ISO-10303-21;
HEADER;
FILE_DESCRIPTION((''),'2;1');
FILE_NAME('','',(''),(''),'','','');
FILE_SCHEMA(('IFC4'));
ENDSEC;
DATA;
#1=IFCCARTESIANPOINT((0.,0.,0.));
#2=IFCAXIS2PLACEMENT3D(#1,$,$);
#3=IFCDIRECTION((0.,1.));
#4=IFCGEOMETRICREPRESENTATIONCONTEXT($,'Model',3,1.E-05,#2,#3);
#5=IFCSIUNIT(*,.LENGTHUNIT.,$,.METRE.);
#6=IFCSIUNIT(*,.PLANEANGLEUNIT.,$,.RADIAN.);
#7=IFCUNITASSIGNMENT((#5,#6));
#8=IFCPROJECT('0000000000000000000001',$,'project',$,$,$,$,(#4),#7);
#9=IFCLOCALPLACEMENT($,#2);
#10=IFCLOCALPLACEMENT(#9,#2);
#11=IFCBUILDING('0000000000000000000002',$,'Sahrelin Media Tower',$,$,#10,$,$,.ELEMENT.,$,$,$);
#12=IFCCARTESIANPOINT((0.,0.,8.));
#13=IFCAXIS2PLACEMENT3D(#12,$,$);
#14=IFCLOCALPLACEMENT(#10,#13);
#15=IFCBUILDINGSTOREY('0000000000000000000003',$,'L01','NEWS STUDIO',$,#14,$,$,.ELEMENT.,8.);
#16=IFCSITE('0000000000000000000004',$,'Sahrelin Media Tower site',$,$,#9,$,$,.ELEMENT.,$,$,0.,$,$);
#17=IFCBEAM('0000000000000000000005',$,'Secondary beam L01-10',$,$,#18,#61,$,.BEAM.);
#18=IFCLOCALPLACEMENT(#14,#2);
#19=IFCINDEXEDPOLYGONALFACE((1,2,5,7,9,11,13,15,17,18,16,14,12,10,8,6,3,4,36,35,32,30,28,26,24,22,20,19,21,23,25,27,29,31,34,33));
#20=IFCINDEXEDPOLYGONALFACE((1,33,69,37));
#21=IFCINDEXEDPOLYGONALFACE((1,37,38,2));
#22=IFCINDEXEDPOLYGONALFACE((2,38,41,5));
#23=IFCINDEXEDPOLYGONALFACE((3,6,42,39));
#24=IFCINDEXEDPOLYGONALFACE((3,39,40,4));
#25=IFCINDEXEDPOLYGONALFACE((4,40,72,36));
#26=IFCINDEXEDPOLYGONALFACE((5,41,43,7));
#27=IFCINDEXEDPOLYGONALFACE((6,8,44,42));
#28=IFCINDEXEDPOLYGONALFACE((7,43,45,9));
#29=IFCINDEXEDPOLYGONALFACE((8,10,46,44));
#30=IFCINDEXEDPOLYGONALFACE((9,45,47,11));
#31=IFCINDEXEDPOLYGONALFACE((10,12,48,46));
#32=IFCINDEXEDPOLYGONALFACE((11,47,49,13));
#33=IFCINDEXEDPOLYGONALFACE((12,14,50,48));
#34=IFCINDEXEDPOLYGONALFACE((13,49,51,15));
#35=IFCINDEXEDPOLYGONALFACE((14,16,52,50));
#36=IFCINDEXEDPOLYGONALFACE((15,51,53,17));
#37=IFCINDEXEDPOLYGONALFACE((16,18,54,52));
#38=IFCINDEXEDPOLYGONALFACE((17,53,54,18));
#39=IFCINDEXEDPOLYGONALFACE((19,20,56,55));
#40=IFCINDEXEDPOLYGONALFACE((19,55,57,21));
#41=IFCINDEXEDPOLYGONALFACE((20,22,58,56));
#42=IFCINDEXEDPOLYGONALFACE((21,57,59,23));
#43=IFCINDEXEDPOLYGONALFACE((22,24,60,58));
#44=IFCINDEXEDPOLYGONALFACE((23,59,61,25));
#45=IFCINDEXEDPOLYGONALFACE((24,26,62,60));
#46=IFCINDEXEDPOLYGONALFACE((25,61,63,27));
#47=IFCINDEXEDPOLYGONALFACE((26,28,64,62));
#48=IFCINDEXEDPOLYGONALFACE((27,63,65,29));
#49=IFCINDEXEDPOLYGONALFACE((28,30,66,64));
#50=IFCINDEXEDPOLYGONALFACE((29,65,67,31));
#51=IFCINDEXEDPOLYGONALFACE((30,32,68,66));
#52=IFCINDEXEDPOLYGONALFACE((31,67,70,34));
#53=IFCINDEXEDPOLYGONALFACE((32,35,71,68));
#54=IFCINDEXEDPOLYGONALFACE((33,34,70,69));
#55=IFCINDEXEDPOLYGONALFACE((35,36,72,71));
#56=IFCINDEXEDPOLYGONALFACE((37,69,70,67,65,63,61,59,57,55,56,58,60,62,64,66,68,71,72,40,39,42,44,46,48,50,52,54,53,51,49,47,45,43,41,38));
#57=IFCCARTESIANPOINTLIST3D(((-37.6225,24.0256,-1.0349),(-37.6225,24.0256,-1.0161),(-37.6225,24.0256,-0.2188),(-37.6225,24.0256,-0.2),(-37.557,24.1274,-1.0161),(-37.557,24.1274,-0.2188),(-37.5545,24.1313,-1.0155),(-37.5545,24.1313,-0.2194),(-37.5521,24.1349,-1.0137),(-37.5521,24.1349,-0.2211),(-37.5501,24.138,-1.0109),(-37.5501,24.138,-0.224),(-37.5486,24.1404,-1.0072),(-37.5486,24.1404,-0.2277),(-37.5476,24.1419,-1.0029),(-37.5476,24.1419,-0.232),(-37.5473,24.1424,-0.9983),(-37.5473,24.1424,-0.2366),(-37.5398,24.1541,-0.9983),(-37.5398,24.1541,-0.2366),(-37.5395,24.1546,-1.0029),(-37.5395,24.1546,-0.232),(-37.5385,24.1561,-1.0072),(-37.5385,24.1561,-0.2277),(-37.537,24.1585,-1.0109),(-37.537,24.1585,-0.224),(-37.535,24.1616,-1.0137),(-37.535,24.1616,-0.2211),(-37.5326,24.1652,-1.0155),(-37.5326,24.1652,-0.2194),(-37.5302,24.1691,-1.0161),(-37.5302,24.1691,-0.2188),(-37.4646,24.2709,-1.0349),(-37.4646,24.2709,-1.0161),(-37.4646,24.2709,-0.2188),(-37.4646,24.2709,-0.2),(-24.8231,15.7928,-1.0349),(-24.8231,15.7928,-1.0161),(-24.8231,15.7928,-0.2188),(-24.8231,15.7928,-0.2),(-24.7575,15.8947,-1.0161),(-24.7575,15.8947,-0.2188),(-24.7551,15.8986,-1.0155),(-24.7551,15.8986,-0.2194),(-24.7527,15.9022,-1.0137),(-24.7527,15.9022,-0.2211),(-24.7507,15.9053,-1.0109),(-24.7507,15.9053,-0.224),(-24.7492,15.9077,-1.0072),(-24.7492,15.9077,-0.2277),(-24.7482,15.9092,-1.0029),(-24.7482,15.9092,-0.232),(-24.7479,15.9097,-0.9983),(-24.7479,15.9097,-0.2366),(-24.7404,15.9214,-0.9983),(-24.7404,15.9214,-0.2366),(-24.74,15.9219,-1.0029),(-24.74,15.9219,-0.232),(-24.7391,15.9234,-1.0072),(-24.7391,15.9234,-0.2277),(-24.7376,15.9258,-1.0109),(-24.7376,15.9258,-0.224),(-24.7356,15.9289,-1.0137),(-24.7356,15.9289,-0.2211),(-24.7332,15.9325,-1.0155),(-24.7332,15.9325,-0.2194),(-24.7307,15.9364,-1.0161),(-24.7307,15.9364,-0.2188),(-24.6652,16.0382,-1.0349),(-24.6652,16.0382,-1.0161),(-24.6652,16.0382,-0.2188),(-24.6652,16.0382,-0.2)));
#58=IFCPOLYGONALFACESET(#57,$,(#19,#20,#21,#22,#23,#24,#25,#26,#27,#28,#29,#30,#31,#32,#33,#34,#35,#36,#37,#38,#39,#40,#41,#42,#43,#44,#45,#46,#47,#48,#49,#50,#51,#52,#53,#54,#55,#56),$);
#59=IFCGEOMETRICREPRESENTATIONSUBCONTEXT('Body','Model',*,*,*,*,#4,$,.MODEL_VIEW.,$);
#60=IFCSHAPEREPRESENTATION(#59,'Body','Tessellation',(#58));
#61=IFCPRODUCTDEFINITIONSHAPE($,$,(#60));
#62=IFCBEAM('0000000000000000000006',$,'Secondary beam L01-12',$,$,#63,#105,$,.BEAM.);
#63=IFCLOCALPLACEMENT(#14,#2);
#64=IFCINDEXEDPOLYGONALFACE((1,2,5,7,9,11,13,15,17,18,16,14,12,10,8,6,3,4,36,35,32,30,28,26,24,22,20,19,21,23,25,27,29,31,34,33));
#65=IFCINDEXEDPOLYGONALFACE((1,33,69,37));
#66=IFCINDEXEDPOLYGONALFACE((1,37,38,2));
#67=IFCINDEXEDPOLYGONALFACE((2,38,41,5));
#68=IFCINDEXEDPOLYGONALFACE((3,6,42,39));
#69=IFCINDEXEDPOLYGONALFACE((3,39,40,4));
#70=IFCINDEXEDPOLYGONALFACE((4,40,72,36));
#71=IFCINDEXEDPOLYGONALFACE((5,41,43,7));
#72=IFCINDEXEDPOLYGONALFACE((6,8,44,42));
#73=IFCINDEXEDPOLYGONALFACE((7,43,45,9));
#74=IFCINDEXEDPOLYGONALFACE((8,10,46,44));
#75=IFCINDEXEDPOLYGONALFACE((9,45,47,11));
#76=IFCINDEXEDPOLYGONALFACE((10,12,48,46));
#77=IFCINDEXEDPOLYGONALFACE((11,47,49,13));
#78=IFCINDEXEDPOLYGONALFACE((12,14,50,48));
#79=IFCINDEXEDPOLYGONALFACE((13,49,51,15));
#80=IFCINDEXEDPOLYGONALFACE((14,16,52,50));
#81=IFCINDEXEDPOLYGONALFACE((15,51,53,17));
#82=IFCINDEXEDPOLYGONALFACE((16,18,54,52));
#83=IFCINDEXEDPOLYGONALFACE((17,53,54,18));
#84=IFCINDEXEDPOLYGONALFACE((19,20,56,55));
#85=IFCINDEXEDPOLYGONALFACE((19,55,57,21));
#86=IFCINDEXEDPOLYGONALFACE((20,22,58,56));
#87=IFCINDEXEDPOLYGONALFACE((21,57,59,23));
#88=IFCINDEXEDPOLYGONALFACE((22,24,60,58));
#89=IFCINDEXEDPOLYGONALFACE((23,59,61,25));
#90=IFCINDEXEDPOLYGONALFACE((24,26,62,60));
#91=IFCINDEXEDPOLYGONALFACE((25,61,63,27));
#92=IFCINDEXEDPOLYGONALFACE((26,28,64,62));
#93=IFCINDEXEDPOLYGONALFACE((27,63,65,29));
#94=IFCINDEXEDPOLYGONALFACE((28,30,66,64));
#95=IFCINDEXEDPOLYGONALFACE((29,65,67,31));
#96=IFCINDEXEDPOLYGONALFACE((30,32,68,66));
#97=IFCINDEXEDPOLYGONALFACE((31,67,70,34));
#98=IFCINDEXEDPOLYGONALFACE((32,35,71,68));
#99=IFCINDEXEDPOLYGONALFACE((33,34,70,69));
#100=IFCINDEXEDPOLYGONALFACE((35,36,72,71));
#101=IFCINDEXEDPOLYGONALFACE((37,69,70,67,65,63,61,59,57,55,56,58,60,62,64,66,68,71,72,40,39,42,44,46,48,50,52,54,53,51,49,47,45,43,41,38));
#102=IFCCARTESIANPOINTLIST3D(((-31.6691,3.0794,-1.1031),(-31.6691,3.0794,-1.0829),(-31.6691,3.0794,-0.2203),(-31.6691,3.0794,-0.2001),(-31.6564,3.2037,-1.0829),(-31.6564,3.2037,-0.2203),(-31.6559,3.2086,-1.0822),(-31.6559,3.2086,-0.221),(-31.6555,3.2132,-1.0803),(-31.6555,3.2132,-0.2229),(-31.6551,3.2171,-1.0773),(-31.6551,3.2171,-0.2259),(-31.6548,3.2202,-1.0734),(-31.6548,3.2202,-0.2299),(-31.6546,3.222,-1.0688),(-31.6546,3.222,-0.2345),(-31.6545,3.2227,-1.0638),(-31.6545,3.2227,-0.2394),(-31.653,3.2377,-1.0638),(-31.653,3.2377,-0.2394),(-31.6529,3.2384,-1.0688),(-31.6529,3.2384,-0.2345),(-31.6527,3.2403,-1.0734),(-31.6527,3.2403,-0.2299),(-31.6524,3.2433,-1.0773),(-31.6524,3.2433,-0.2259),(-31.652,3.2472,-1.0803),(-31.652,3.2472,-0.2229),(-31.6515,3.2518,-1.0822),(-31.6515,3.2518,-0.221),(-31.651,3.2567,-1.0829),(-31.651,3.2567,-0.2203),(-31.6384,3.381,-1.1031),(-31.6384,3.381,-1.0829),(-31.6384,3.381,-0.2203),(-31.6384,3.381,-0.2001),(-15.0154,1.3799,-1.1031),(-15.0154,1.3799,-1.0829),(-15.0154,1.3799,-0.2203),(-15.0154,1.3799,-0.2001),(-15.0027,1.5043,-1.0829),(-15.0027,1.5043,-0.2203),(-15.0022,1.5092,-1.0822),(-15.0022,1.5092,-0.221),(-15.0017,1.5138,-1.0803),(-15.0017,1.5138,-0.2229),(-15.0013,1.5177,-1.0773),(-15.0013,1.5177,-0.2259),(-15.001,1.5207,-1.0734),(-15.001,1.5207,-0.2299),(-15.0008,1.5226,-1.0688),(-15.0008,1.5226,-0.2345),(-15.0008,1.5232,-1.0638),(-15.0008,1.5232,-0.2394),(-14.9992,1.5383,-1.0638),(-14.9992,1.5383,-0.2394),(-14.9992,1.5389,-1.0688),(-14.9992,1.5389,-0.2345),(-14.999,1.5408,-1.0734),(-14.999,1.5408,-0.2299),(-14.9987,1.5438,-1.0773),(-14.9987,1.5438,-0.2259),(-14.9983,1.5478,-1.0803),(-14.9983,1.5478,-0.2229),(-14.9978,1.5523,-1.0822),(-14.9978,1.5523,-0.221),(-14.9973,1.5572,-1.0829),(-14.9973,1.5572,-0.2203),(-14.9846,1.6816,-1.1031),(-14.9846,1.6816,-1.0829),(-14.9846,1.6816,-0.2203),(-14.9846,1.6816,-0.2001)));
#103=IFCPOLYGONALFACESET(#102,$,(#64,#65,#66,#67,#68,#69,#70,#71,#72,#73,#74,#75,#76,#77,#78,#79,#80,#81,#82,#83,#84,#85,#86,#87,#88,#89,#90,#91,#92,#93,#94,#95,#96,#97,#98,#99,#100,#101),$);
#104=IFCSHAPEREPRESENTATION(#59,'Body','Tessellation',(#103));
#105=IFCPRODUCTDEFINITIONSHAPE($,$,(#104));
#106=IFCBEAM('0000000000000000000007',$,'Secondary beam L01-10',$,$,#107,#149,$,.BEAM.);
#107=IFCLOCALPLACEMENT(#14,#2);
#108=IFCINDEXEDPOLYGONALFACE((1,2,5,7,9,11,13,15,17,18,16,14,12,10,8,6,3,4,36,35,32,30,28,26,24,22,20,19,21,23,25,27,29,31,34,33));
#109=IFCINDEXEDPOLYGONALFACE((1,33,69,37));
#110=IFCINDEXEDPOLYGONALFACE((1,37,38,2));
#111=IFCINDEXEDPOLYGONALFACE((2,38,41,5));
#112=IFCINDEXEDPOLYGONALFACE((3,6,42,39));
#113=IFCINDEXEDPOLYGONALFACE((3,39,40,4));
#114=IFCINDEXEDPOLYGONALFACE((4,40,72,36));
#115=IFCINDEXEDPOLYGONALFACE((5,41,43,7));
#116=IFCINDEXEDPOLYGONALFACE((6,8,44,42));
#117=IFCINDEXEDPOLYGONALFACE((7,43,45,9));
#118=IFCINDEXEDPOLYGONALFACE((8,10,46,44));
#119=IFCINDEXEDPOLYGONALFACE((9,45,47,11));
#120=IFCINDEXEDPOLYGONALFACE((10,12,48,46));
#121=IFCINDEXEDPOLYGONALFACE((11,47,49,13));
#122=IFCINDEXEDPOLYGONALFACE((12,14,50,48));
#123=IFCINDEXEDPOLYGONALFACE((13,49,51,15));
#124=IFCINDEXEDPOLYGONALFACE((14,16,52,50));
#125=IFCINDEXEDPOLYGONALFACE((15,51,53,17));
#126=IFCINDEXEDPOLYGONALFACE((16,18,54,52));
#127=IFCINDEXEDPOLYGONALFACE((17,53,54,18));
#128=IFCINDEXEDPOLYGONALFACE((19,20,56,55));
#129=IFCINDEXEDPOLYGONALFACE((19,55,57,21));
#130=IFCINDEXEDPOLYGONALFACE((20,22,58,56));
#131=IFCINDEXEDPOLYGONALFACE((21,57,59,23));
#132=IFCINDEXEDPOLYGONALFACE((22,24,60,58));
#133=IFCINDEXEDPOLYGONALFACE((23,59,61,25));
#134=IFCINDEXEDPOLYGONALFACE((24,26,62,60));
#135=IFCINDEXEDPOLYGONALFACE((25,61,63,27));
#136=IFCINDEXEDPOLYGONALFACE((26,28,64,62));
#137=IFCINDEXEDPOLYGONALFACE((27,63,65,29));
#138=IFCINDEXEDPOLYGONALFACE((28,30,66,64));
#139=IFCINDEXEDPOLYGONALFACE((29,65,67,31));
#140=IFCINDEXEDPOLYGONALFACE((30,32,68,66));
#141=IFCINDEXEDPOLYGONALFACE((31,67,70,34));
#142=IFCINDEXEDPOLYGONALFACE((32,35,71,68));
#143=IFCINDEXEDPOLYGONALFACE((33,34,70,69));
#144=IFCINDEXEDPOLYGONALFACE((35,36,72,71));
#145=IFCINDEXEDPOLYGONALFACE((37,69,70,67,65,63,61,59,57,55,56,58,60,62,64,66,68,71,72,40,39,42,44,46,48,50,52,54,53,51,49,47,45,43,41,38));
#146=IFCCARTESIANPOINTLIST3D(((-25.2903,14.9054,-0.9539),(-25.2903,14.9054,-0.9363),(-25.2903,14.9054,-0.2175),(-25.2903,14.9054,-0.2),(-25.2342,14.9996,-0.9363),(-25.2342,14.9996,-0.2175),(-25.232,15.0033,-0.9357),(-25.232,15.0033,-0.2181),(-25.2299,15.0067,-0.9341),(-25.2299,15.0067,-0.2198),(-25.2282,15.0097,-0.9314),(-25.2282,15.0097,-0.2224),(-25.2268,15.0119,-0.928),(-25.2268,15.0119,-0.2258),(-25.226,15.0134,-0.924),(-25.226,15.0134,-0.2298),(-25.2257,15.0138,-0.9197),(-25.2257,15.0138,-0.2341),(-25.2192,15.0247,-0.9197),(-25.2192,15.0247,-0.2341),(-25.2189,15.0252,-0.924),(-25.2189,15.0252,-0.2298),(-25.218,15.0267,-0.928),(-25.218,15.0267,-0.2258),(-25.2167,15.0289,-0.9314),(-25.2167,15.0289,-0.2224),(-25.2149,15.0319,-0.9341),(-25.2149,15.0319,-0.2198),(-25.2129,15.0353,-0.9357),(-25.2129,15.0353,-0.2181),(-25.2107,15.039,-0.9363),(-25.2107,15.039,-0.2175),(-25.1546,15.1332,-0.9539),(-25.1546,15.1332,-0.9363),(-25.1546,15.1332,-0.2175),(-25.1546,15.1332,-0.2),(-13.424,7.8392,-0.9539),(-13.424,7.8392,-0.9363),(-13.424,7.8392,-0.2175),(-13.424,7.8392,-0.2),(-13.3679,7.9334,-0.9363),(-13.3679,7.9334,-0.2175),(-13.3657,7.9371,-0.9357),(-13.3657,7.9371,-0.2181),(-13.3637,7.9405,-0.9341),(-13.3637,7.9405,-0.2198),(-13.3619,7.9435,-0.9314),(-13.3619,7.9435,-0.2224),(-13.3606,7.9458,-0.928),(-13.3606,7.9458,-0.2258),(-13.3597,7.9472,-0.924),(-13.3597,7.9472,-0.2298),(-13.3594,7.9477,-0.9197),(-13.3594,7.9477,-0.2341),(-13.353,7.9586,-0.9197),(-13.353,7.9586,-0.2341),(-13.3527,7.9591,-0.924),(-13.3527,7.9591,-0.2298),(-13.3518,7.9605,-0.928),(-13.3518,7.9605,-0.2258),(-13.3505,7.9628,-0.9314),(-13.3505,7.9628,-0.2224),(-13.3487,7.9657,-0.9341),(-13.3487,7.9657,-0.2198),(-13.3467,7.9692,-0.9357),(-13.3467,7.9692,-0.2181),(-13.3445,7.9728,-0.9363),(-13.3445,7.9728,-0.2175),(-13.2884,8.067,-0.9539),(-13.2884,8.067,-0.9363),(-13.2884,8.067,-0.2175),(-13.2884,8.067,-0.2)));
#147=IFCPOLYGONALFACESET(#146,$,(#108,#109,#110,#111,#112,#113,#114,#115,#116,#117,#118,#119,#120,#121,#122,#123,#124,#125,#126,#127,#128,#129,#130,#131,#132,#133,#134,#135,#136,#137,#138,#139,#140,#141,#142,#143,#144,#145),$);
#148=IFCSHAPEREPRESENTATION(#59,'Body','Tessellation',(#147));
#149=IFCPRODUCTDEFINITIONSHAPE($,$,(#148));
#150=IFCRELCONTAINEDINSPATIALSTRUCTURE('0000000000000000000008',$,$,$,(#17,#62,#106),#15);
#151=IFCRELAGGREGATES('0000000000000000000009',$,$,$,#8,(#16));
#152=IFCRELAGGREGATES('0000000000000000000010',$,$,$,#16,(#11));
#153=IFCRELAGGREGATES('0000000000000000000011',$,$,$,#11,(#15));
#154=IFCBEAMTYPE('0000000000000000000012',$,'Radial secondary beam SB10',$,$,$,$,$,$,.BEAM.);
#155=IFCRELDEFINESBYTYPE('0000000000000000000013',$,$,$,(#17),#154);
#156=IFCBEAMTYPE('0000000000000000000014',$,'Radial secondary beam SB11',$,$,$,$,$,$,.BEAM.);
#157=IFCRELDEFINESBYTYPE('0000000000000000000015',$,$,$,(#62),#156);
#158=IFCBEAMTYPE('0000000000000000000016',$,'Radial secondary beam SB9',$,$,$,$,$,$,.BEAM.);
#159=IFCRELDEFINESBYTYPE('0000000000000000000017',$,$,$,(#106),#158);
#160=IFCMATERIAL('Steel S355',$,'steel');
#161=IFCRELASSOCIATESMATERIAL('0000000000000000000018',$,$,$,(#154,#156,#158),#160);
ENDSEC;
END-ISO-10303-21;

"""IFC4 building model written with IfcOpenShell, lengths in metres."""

from ifc_helpers import new_model, si_unit, direction, frame, origin, origin_2d, place, context, subcontext, project, spatial, i_section, extrude, material, material_profile, profile_set, type_object, element, save


model = new_model("IFC4")

# Units and contexts
model_context = context("Model", 3, precision=1e-05, world=origin(), true_north=direction((0.0, 1.0)))
body_context = subcontext(model_context, "Body", "Model", "MODEL_VIEW")
ifc_project = project(units=[si_unit("LENGTHUNIT", "METRE"), si_unit("PLANEANGLEUNIT", "RADIAN")], contexts=[model_context])

# Site, building, storey
site_placement = place(None, origin())
site = spatial("IfcSite", under=ifc_project, at=site_placement, Name="Sahrelin Media Tower site", CompositionType="ELEMENT", RefElevation=0.0)
building_placement = place(site_placement, origin())
building = spatial("IfcBuilding", under=site, at=building_placement, Name="Sahrelin Media Tower", CompositionType="ELEMENT")
storey_placement = place(building_placement, frame((0.0, 0.0, 8.0)))
storey = spatial("IfcBuildingStorey", under=building, at=storey_placement, Name="L01", Description="NEWS STUDIO", CompositionType="ELEMENT", Elevation=8.0)

# Beams
ifc_material_1 = material(Name="Steel S355", Category="steel")
ifc_material_profile_1 = material_profile(ifc_material_1, i_section(OverallWidth=0.2917, OverallDepth=0.835, WebThickness=0.0139, FlangeThickness=0.0188, FilletRadius=0.0178, at=origin_2d()), Name="UB 838x292x176")
ifc_profile_set_1 = profile_set([ifc_material_profile_1], Name="Steel S355")
beam_type_1 = type_object("IfcBeamType", Name="Radial secondary beam SB10", PredefinedType="BEAM", material=ifc_profile_set_1)
beam_1_placement = place(storey_placement, frame((-24.7441, 15.9155, -0.6174), z_axis=(-0.841043, 0.540968, 0.0), x_axis=(-0.540968, -0.841043, 0.0)))
element("IfcBeam", 1, at=beam_1_placement, inside=storey, type_object=beam_type_1, Name="Secondary beam L01-10", PredefinedType="BEAM", context=body_context, shape_type="SweptSolid", body=[
    extrude(i_section(OverallWidth=0.2917, OverallDepth=0.835, WebThickness=0.0139, FlangeThickness=0.0188, FilletRadius=0.0178, at=origin_2d()), origin(), (0.0, 0.0, 1.0), 15.2185),
])
ifc_material_profile_2 = material_profile(ifc_material_1, i_section(OverallWidth=0.3032, OverallDepth=0.9031, WebThickness=0.0151, FlangeThickness=0.0203, FilletRadius=0.019, at=origin_2d()), Name="UB 914x305x201")
ifc_profile_set_2 = profile_set([ifc_material_profile_2], Name="Steel S355")
beam_type_2 = type_object("IfcBeamType", Name="Radial secondary beam SB11", PredefinedType="BEAM", material=ifc_profile_set_2)
beam_2_placement = place(storey_placement, frame((-15.0, 1.5308, -0.6516), z_axis=(-0.994834, 0.101519, 0.0), x_axis=(-0.101519, -0.994834, 0.0)))
element("IfcBeam", 2, at=beam_2_placement, inside=storey, type_object=beam_type_2, Name="Secondary beam L01-12", PredefinedType="BEAM", context=body_context, shape_type="SweptSolid", body=[
    extrude(i_section(OverallWidth=0.3032, OverallDepth=0.9031, WebThickness=0.0151, FlangeThickness=0.0203, FilletRadius=0.019, at=origin_2d()), origin(), (0.0, 0.0, 1.0), 16.7402),
])
ifc_material_profile_3 = material_profile(ifc_material_1, i_section(OverallWidth=0.2651, OverallDepth=0.7539, WebThickness=0.0127, FlangeThickness=0.0176, FilletRadius=0.0166, at=origin_2d()), Name="UB 762x267x147")
ifc_profile_set_3 = profile_set([ifc_material_profile_3], Name="Steel S355")
beam_type_3 = type_object("IfcBeamType", Name="Radial secondary beam SB9", PredefinedType="BEAM", material=ifc_profile_set_3)
beam_3_placement = place(storey_placement, frame((-13.3562, 7.9531, -0.5769), z_axis=(-0.859199, 0.511641, 0.0), x_axis=(-0.511641, -0.859199, 0.0)))
element("IfcBeam", 3, at=beam_3_placement, inside=storey, type_object=beam_type_3, Name="Secondary beam L01-10", PredefinedType="BEAM", context=body_context, shape_type="SweptSolid", body=[
    extrude(i_section(OverallWidth=0.2651, OverallDepth=0.7539, WebThickness=0.0127, FlangeThickness=0.0176, FilletRadius=0.0166, at=origin_2d()), origin(), (0.0, 0.0, 1.0), 13.8108),
])

save(model, "model.ifc")
